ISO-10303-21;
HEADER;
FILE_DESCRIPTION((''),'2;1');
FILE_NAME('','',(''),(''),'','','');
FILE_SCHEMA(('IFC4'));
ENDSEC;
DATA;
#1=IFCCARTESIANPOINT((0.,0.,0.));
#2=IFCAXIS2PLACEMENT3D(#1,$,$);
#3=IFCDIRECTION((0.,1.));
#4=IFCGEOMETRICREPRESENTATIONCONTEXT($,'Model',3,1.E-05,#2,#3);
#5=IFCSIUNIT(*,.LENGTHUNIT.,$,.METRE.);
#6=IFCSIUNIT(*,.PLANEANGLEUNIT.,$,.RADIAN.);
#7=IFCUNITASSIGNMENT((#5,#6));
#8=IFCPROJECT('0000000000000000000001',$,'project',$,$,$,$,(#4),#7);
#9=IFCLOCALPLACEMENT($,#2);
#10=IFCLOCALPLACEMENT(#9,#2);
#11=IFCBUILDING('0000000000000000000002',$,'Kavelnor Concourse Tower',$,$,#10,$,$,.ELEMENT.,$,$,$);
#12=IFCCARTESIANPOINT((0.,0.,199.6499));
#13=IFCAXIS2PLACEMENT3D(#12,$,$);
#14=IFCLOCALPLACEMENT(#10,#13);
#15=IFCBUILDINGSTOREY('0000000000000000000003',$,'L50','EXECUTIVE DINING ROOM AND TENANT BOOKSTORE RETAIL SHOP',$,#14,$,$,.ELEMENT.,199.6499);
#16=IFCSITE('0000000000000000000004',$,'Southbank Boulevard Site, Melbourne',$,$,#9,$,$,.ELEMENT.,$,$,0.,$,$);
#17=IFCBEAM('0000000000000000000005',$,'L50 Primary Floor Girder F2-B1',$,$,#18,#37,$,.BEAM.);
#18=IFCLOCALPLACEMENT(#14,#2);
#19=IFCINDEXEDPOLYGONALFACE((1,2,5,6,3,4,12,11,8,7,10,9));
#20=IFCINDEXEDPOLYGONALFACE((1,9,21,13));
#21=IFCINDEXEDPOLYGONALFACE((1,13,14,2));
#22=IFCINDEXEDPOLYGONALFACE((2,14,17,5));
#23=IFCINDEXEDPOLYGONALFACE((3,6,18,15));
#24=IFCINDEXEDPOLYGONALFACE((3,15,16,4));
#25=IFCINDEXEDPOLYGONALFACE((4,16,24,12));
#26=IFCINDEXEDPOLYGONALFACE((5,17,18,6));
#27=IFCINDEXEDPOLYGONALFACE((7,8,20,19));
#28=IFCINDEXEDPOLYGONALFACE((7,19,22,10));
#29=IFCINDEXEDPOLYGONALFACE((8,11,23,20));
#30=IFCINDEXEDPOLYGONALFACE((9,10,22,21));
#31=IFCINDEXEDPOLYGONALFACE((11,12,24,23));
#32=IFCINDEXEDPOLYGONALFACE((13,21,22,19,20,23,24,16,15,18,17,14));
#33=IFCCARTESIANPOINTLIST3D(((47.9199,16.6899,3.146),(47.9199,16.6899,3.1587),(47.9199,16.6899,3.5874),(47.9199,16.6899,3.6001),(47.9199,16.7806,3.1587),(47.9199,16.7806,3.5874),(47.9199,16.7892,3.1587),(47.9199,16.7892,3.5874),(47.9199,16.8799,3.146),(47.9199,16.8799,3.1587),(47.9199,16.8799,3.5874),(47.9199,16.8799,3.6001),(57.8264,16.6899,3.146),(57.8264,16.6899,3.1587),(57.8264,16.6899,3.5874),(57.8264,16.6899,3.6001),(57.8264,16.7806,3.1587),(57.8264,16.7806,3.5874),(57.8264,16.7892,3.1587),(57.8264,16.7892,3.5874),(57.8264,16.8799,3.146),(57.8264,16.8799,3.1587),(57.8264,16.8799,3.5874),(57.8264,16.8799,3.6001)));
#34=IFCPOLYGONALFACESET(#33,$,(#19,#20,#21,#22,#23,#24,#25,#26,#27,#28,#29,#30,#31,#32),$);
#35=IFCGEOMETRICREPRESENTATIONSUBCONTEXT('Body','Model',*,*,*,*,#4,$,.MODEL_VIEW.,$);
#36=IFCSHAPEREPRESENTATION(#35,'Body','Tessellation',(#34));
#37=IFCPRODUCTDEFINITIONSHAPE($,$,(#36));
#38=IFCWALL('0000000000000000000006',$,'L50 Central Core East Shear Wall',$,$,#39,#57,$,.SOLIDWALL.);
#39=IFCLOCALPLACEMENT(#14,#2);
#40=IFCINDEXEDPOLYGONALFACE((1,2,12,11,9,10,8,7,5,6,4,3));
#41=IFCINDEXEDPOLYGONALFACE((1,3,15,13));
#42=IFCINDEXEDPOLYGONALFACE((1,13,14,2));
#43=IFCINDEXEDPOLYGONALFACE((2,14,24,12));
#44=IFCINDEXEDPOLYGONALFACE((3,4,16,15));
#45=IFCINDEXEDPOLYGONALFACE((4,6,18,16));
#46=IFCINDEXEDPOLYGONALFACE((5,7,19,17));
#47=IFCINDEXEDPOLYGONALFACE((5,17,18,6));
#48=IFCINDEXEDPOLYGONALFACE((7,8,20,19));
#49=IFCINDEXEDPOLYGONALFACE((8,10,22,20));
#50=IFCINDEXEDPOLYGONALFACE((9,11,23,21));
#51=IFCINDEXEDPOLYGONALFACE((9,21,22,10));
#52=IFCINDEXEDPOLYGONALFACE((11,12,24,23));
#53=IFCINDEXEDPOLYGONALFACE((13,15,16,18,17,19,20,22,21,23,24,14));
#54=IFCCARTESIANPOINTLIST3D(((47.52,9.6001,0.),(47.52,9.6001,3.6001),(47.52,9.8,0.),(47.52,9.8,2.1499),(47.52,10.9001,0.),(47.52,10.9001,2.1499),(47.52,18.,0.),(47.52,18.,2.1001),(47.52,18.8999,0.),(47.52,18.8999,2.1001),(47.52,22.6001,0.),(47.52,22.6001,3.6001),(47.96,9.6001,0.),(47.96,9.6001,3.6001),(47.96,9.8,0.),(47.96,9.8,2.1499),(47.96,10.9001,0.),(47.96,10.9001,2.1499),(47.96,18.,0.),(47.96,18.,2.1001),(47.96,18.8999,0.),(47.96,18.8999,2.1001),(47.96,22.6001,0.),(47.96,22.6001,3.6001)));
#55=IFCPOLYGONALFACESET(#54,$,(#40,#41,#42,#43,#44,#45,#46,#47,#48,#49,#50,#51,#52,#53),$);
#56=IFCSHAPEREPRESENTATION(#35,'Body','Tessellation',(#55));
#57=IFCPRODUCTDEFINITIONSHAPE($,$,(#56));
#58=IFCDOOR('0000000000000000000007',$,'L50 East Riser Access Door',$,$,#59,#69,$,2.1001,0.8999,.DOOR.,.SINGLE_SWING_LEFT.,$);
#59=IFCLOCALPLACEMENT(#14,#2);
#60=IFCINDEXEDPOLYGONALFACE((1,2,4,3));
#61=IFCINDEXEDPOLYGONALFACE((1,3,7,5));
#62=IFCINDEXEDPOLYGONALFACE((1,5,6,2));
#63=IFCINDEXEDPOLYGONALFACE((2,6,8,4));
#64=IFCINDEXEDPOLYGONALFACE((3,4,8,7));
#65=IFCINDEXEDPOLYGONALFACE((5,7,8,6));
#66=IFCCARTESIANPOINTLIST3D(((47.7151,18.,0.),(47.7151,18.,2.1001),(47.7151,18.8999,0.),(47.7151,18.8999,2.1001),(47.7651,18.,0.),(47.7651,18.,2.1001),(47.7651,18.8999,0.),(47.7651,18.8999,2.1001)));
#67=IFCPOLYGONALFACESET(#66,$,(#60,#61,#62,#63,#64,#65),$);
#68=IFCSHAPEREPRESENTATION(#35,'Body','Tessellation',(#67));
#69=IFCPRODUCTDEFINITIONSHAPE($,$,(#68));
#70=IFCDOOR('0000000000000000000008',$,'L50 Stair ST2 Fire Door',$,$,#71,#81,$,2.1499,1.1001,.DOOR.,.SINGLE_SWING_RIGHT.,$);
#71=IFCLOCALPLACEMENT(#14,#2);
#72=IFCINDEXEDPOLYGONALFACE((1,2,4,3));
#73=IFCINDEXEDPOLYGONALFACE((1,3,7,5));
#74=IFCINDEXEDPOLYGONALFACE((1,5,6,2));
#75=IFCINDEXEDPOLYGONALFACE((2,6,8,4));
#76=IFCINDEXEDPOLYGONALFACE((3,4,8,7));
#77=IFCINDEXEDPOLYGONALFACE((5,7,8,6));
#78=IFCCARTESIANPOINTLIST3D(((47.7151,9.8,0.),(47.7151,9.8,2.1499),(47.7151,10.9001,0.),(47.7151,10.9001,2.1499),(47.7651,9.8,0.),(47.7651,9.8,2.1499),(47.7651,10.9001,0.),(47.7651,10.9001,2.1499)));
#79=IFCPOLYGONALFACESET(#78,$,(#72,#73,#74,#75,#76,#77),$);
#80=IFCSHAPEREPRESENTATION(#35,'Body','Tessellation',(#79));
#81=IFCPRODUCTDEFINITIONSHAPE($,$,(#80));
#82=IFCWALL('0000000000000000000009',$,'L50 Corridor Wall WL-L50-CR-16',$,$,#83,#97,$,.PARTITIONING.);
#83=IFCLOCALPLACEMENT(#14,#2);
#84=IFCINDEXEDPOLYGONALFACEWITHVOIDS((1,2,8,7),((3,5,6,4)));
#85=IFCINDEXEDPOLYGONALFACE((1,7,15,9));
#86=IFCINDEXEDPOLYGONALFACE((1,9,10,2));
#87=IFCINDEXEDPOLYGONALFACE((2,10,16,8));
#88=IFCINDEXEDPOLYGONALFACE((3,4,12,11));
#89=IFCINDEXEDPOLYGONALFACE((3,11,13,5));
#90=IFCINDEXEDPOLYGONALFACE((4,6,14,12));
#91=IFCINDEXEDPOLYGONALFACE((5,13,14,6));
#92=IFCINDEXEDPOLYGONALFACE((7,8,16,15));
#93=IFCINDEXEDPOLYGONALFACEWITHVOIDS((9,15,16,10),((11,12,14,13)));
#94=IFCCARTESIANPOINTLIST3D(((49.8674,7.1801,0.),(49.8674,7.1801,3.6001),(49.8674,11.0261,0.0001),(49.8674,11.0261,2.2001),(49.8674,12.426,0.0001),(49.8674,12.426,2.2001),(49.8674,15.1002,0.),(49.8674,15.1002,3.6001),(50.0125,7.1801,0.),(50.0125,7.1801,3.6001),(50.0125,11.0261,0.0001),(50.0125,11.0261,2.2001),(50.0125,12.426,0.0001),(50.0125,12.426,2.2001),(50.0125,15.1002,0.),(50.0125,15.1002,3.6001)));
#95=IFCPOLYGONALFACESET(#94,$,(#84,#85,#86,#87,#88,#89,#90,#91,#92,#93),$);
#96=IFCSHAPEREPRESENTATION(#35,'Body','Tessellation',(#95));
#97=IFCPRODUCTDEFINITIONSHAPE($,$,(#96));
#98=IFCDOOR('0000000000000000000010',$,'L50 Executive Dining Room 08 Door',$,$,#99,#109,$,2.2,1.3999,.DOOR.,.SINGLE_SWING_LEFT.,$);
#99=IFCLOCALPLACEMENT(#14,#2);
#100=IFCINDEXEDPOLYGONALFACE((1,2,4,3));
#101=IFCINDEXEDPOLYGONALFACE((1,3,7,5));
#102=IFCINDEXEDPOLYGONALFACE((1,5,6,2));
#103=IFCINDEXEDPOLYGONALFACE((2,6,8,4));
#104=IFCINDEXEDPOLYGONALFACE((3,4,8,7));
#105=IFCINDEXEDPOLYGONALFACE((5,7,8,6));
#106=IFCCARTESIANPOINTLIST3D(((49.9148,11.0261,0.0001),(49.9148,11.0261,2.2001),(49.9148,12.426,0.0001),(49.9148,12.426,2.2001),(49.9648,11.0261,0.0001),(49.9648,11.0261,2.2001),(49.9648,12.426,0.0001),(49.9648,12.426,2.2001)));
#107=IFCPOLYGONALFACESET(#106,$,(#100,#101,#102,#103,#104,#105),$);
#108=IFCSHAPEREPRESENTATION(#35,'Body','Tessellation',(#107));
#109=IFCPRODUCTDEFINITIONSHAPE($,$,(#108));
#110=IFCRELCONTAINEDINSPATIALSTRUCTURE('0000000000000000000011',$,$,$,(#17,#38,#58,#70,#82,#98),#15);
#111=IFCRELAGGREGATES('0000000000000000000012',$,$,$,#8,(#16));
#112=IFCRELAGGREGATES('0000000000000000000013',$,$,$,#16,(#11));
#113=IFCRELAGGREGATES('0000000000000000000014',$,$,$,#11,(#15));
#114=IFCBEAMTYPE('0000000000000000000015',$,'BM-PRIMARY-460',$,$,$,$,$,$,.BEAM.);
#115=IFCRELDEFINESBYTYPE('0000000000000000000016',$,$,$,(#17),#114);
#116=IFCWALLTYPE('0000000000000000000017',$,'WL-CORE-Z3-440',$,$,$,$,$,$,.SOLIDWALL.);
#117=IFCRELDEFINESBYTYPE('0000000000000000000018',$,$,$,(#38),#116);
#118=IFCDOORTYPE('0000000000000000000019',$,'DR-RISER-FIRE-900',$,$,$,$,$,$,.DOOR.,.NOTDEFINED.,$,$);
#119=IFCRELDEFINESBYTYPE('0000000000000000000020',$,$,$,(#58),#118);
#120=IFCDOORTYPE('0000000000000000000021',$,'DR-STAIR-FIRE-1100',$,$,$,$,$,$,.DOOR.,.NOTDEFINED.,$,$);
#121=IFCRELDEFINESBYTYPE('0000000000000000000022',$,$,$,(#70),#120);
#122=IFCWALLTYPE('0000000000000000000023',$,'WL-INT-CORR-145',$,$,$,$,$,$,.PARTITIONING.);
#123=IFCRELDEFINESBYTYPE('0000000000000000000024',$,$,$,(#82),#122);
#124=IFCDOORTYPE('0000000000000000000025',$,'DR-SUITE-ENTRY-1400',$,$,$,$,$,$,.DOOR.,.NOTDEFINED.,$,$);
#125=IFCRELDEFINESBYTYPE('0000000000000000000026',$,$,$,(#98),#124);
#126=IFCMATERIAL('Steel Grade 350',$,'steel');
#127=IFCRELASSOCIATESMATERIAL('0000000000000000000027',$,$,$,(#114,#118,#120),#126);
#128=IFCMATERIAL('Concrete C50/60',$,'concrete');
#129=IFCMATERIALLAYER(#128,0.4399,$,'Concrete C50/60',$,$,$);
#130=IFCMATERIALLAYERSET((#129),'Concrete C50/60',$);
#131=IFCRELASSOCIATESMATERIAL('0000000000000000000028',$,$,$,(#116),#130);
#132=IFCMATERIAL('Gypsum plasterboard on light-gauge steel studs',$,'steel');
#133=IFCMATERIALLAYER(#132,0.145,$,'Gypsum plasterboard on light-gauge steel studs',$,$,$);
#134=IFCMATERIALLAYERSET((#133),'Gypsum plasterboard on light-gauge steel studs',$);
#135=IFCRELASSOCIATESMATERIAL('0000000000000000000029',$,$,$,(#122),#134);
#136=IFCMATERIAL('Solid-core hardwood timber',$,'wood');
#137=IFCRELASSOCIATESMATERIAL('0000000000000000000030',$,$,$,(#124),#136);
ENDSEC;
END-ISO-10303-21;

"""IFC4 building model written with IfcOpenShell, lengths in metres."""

from ifc_helpers import new_model, si_unit, direction, frame, frame_2d, origin, origin_2d, place, context, subcontext, project, spatial, rectangle, i_section, extrude, material, layer, layer_set, material_profile, profile_set, type_object, element, fill, save


model = new_model("IFC4")

# Units and contexts
model_context = context("Model", 3, precision=1e-05, world=origin(), true_north=direction((0.0, 1.0)))
body_context = subcontext(model_context, "Body", "Model", "MODEL_VIEW")
ifc_project = project(units=[si_unit("LENGTHUNIT", "METRE"), si_unit("PLANEANGLEUNIT", "RADIAN")], contexts=[model_context])

# Site, building, storey
site_placement = place(None, origin())
site = spatial("IfcSite", under=ifc_project, at=site_placement, Name="Southbank Boulevard Site, Melbourne", CompositionType="ELEMENT", RefElevation=0.0)
building_placement = place(site_placement, origin())
building = spatial("IfcBuilding", under=site, at=building_placement, Name="Kavelnor Concourse Tower", CompositionType="ELEMENT")
storey_placement = place(building_placement, frame((0.0, 0.0, 199.6499)))
storey = spatial("IfcBuildingStorey", under=building, at=storey_placement, Name="L50", Description="EXECUTIVE DINING ROOM AND TENANT BOOKSTORE RETAIL SHOP", CompositionType="ELEMENT", Elevation=199.6499)

# Shared definitions
ifc_material_1 = material(Name="Steel Grade 350", Category="steel")

# Beam
ifc_material_profile_1 = material_profile(ifc_material_1, i_section(OverallWidth=0.1899, OverallDepth=0.4541, WebThickness=0.0085, FlangeThickness=0.0127, at=origin_2d()), Name="460UB67")
ifc_profile_set_1 = profile_set([ifc_material_profile_1], Name="Steel Grade 350")
beam_type_1 = type_object("IfcBeamType", Name="BM-PRIMARY-460", PredefinedType="BEAM", material=ifc_profile_set_1)
beam_1_placement = place(storey_placement, frame((47.9199, 16.7849, 3.373), z_axis=(1.0, 0.0, 0.0), x_axis=(0.0, 1.0, 0.0)))
element("IfcBeam", 1, at=beam_1_placement, inside=storey, type_object=beam_type_1, Name="L50 Primary Floor Girder F2-B1", PredefinedType="BEAM", context=body_context, shape_type="SweptSolid", body=[
    extrude(i_section(OverallWidth=0.1899, OverallDepth=0.4541, WebThickness=0.0085, FlangeThickness=0.0127, at=origin_2d()), origin(), (0.0, 0.0, 1.0), 9.9065),
])

# Wall, openings, doors
ifc_material_2 = material(Name="Concrete C50/60", Category="concrete")
ifc_layer_1 = layer(ifc_material_2, 0.4399, Name="Concrete C50/60")
ifc_layer_set_1 = layer_set([ifc_layer_1], Name="Concrete C50/60")
wall_type_1 = type_object("IfcWallType", Name="WL-CORE-Z3-440", PredefinedType="SOLIDWALL", material=ifc_layer_set_1)
wall_1_placement = place(storey_placement, frame((47.74, 9.6001, 0.0), z_axis=(0.0, 0.0, 1.0), x_axis=(0.0, 1.0, 0.0)))
wall_1 = element("IfcWall", 2, at=wall_1_placement, inside=storey, type_object=wall_type_1, Name="L50 Central Core East Shear Wall", PredefinedType="SOLIDWALL", context=body_context, shape_type="SweptSolid", body=[
    extrude(rectangle(XDim=13.0, YDim=0.4399, at=frame_2d((6.5, 0.0))), origin(), (0.0, 0.0, 1.0), 3.6001),
])
opening_1_placement = place(wall_1_placement, frame((0.2, 0.0, 0.0)))
opening_1 = element("IfcOpeningElement", 3, at=opening_1_placement, cuts=wall_1, PredefinedType="OPENING", context=body_context, shape_type="SweptSolid", body=[
    extrude(rectangle(XDim=1.1001, YDim=2.1499, at=frame_2d((0.55, 1.075))), frame((0.0, 0.23, 0.0), z_axis=(0.0, -1.0, 0.0), x_axis=(1.0, 0.0, 0.0)), (0.0, 0.0, 1.0), 0.46),
])
opening_2_placement = place(wall_1_placement, frame((8.3999, 0.0, 0.0)))
opening_2 = element("IfcOpeningElement", 4, at=opening_2_placement, cuts=wall_1, PredefinedType="OPENING", context=body_context, shape_type="SweptSolid", body=[
    extrude(rectangle(XDim=0.8999, YDim=2.1001, at=frame_2d((0.45, 1.05))), frame((0.0, 0.23, 0.0), z_axis=(0.0, -1.0, 0.0), x_axis=(1.0, 0.0, 0.0)), (0.0, 0.0, 1.0), 0.46),
])
door_type_1 = type_object("IfcDoorType", Name="DR-RISER-FIRE-900", OperationType="NOTDEFINED", PredefinedType="DOOR", material=ifc_material_1)
door_1_placement = place(opening_2_placement, origin())
door_1 = element("IfcDoor", 5, at=door_1_placement, inside=storey, type_object=door_type_1, Name="L50 East Riser Access Door", OperationType="SINGLE_SWING_LEFT", OverallHeight=2.1001, OverallWidth=0.8999, PredefinedType="DOOR", context=body_context, shape_type="SweptSolid", body=[
    extrude(rectangle(XDim=0.8999, YDim=2.1001, at=frame_2d((0.45, 1.05))), frame((0.0, 0.0249, 0.0), z_axis=(0.0, -1.0, 0.0), x_axis=(1.0, 0.0, 0.0)), (0.0, 0.0, 1.0), 0.05),
])
fill(opening_2, door_1)
door_type_2 = type_object("IfcDoorType", Name="DR-STAIR-FIRE-1100", OperationType="NOTDEFINED", PredefinedType="DOOR", material=ifc_material_1)
door_2_placement = place(opening_1_placement, origin())
door_2 = element("IfcDoor", 6, at=door_2_placement, inside=storey, type_object=door_type_2, Name="L50 Stair ST2 Fire Door", OperationType="SINGLE_SWING_RIGHT", OverallHeight=2.1499, OverallWidth=1.1001, PredefinedType="DOOR", context=body_context, shape_type="SweptSolid", body=[
    extrude(rectangle(XDim=1.1001, YDim=2.1499, at=frame_2d((0.55, 1.075))), frame((0.0, 0.0249, 0.0), z_axis=(0.0, -1.0, 0.0), x_axis=(1.0, 0.0, 0.0)), (0.0, 0.0, 1.0), 0.05),
])
fill(opening_1, door_2)

# Wall, opening, door
ifc_material_3 = material(Name="Gypsum plasterboard on light-gauge steel studs", Category="steel")
ifc_layer_2 = layer(ifc_material_3, 0.145, Name="Gypsum plasterboard on light-gauge steel studs")
ifc_layer_set_2 = layer_set([ifc_layer_2], Name="Gypsum plasterboard on light-gauge steel studs")
wall_type_2 = type_object("IfcWallType", Name="WL-INT-CORR-145", PredefinedType="PARTITIONING", material=ifc_layer_set_2)
wall_2_placement = place(storey_placement, frame((49.9399, 15.1001, 0.0), z_axis=(0.0, 0.0, 1.0), x_axis=(0.0, -1.0, 0.0)))
wall_2 = element("IfcWall", 7, at=wall_2_placement, inside=storey, type_object=wall_type_2, Name="L50 Corridor Wall WL-L50-CR-16", PredefinedType="PARTITIONING", context=body_context, shape_type="SweptSolid", body=[
    extrude(rectangle(XDim=7.9202, YDim=0.145, at=frame_2d((3.96, 0.0))), origin(), (0.0, 0.0, 1.0), 3.6001),
])
opening_3_placement = place(wall_2_placement, frame((2.6741, 0.0, 0.0)))
opening_3 = element("IfcOpeningElement", 8, at=opening_3_placement, cuts=wall_2, PredefinedType="OPENING", context=body_context, shape_type="SweptSolid", body=[
    extrude(rectangle(XDim=1.3999, YDim=2.2, at=frame_2d((0.7, 1.1001))), frame((0.0, 0.0825, 0.0), z_axis=(0.0, -1.0, 0.0), x_axis=(1.0, 0.0, 0.0)), (0.0, 0.0, 1.0), 0.165),
])
ifc_material_4 = material(Name="Solid-core hardwood timber", Category="wood")
door_type_3 = type_object("IfcDoorType", Name="DR-SUITE-ENTRY-1400", OperationType="NOTDEFINED", PredefinedType="DOOR", material=ifc_material_4)
door_3_placement = place(opening_3_placement, origin())
door_3 = element("IfcDoor", 9, at=door_3_placement, inside=storey, type_object=door_type_3, Name="L50 Executive Dining Room 08 Door", OperationType="SINGLE_SWING_LEFT", OverallHeight=2.2, OverallWidth=1.3999, PredefinedType="DOOR", context=body_context, shape_type="SweptSolid", body=[
    extrude(rectangle(XDim=1.3999, YDim=2.2, at=frame_2d((0.7, 1.1001))), frame((0.0, 0.0249, 0.0), z_axis=(0.0, -1.0, 0.0), x_axis=(1.0, 0.0, 0.0)), (0.0, 0.0, 1.0), 0.05),
])
fill(opening_3, door_3)

save(model, "model.ifc")
